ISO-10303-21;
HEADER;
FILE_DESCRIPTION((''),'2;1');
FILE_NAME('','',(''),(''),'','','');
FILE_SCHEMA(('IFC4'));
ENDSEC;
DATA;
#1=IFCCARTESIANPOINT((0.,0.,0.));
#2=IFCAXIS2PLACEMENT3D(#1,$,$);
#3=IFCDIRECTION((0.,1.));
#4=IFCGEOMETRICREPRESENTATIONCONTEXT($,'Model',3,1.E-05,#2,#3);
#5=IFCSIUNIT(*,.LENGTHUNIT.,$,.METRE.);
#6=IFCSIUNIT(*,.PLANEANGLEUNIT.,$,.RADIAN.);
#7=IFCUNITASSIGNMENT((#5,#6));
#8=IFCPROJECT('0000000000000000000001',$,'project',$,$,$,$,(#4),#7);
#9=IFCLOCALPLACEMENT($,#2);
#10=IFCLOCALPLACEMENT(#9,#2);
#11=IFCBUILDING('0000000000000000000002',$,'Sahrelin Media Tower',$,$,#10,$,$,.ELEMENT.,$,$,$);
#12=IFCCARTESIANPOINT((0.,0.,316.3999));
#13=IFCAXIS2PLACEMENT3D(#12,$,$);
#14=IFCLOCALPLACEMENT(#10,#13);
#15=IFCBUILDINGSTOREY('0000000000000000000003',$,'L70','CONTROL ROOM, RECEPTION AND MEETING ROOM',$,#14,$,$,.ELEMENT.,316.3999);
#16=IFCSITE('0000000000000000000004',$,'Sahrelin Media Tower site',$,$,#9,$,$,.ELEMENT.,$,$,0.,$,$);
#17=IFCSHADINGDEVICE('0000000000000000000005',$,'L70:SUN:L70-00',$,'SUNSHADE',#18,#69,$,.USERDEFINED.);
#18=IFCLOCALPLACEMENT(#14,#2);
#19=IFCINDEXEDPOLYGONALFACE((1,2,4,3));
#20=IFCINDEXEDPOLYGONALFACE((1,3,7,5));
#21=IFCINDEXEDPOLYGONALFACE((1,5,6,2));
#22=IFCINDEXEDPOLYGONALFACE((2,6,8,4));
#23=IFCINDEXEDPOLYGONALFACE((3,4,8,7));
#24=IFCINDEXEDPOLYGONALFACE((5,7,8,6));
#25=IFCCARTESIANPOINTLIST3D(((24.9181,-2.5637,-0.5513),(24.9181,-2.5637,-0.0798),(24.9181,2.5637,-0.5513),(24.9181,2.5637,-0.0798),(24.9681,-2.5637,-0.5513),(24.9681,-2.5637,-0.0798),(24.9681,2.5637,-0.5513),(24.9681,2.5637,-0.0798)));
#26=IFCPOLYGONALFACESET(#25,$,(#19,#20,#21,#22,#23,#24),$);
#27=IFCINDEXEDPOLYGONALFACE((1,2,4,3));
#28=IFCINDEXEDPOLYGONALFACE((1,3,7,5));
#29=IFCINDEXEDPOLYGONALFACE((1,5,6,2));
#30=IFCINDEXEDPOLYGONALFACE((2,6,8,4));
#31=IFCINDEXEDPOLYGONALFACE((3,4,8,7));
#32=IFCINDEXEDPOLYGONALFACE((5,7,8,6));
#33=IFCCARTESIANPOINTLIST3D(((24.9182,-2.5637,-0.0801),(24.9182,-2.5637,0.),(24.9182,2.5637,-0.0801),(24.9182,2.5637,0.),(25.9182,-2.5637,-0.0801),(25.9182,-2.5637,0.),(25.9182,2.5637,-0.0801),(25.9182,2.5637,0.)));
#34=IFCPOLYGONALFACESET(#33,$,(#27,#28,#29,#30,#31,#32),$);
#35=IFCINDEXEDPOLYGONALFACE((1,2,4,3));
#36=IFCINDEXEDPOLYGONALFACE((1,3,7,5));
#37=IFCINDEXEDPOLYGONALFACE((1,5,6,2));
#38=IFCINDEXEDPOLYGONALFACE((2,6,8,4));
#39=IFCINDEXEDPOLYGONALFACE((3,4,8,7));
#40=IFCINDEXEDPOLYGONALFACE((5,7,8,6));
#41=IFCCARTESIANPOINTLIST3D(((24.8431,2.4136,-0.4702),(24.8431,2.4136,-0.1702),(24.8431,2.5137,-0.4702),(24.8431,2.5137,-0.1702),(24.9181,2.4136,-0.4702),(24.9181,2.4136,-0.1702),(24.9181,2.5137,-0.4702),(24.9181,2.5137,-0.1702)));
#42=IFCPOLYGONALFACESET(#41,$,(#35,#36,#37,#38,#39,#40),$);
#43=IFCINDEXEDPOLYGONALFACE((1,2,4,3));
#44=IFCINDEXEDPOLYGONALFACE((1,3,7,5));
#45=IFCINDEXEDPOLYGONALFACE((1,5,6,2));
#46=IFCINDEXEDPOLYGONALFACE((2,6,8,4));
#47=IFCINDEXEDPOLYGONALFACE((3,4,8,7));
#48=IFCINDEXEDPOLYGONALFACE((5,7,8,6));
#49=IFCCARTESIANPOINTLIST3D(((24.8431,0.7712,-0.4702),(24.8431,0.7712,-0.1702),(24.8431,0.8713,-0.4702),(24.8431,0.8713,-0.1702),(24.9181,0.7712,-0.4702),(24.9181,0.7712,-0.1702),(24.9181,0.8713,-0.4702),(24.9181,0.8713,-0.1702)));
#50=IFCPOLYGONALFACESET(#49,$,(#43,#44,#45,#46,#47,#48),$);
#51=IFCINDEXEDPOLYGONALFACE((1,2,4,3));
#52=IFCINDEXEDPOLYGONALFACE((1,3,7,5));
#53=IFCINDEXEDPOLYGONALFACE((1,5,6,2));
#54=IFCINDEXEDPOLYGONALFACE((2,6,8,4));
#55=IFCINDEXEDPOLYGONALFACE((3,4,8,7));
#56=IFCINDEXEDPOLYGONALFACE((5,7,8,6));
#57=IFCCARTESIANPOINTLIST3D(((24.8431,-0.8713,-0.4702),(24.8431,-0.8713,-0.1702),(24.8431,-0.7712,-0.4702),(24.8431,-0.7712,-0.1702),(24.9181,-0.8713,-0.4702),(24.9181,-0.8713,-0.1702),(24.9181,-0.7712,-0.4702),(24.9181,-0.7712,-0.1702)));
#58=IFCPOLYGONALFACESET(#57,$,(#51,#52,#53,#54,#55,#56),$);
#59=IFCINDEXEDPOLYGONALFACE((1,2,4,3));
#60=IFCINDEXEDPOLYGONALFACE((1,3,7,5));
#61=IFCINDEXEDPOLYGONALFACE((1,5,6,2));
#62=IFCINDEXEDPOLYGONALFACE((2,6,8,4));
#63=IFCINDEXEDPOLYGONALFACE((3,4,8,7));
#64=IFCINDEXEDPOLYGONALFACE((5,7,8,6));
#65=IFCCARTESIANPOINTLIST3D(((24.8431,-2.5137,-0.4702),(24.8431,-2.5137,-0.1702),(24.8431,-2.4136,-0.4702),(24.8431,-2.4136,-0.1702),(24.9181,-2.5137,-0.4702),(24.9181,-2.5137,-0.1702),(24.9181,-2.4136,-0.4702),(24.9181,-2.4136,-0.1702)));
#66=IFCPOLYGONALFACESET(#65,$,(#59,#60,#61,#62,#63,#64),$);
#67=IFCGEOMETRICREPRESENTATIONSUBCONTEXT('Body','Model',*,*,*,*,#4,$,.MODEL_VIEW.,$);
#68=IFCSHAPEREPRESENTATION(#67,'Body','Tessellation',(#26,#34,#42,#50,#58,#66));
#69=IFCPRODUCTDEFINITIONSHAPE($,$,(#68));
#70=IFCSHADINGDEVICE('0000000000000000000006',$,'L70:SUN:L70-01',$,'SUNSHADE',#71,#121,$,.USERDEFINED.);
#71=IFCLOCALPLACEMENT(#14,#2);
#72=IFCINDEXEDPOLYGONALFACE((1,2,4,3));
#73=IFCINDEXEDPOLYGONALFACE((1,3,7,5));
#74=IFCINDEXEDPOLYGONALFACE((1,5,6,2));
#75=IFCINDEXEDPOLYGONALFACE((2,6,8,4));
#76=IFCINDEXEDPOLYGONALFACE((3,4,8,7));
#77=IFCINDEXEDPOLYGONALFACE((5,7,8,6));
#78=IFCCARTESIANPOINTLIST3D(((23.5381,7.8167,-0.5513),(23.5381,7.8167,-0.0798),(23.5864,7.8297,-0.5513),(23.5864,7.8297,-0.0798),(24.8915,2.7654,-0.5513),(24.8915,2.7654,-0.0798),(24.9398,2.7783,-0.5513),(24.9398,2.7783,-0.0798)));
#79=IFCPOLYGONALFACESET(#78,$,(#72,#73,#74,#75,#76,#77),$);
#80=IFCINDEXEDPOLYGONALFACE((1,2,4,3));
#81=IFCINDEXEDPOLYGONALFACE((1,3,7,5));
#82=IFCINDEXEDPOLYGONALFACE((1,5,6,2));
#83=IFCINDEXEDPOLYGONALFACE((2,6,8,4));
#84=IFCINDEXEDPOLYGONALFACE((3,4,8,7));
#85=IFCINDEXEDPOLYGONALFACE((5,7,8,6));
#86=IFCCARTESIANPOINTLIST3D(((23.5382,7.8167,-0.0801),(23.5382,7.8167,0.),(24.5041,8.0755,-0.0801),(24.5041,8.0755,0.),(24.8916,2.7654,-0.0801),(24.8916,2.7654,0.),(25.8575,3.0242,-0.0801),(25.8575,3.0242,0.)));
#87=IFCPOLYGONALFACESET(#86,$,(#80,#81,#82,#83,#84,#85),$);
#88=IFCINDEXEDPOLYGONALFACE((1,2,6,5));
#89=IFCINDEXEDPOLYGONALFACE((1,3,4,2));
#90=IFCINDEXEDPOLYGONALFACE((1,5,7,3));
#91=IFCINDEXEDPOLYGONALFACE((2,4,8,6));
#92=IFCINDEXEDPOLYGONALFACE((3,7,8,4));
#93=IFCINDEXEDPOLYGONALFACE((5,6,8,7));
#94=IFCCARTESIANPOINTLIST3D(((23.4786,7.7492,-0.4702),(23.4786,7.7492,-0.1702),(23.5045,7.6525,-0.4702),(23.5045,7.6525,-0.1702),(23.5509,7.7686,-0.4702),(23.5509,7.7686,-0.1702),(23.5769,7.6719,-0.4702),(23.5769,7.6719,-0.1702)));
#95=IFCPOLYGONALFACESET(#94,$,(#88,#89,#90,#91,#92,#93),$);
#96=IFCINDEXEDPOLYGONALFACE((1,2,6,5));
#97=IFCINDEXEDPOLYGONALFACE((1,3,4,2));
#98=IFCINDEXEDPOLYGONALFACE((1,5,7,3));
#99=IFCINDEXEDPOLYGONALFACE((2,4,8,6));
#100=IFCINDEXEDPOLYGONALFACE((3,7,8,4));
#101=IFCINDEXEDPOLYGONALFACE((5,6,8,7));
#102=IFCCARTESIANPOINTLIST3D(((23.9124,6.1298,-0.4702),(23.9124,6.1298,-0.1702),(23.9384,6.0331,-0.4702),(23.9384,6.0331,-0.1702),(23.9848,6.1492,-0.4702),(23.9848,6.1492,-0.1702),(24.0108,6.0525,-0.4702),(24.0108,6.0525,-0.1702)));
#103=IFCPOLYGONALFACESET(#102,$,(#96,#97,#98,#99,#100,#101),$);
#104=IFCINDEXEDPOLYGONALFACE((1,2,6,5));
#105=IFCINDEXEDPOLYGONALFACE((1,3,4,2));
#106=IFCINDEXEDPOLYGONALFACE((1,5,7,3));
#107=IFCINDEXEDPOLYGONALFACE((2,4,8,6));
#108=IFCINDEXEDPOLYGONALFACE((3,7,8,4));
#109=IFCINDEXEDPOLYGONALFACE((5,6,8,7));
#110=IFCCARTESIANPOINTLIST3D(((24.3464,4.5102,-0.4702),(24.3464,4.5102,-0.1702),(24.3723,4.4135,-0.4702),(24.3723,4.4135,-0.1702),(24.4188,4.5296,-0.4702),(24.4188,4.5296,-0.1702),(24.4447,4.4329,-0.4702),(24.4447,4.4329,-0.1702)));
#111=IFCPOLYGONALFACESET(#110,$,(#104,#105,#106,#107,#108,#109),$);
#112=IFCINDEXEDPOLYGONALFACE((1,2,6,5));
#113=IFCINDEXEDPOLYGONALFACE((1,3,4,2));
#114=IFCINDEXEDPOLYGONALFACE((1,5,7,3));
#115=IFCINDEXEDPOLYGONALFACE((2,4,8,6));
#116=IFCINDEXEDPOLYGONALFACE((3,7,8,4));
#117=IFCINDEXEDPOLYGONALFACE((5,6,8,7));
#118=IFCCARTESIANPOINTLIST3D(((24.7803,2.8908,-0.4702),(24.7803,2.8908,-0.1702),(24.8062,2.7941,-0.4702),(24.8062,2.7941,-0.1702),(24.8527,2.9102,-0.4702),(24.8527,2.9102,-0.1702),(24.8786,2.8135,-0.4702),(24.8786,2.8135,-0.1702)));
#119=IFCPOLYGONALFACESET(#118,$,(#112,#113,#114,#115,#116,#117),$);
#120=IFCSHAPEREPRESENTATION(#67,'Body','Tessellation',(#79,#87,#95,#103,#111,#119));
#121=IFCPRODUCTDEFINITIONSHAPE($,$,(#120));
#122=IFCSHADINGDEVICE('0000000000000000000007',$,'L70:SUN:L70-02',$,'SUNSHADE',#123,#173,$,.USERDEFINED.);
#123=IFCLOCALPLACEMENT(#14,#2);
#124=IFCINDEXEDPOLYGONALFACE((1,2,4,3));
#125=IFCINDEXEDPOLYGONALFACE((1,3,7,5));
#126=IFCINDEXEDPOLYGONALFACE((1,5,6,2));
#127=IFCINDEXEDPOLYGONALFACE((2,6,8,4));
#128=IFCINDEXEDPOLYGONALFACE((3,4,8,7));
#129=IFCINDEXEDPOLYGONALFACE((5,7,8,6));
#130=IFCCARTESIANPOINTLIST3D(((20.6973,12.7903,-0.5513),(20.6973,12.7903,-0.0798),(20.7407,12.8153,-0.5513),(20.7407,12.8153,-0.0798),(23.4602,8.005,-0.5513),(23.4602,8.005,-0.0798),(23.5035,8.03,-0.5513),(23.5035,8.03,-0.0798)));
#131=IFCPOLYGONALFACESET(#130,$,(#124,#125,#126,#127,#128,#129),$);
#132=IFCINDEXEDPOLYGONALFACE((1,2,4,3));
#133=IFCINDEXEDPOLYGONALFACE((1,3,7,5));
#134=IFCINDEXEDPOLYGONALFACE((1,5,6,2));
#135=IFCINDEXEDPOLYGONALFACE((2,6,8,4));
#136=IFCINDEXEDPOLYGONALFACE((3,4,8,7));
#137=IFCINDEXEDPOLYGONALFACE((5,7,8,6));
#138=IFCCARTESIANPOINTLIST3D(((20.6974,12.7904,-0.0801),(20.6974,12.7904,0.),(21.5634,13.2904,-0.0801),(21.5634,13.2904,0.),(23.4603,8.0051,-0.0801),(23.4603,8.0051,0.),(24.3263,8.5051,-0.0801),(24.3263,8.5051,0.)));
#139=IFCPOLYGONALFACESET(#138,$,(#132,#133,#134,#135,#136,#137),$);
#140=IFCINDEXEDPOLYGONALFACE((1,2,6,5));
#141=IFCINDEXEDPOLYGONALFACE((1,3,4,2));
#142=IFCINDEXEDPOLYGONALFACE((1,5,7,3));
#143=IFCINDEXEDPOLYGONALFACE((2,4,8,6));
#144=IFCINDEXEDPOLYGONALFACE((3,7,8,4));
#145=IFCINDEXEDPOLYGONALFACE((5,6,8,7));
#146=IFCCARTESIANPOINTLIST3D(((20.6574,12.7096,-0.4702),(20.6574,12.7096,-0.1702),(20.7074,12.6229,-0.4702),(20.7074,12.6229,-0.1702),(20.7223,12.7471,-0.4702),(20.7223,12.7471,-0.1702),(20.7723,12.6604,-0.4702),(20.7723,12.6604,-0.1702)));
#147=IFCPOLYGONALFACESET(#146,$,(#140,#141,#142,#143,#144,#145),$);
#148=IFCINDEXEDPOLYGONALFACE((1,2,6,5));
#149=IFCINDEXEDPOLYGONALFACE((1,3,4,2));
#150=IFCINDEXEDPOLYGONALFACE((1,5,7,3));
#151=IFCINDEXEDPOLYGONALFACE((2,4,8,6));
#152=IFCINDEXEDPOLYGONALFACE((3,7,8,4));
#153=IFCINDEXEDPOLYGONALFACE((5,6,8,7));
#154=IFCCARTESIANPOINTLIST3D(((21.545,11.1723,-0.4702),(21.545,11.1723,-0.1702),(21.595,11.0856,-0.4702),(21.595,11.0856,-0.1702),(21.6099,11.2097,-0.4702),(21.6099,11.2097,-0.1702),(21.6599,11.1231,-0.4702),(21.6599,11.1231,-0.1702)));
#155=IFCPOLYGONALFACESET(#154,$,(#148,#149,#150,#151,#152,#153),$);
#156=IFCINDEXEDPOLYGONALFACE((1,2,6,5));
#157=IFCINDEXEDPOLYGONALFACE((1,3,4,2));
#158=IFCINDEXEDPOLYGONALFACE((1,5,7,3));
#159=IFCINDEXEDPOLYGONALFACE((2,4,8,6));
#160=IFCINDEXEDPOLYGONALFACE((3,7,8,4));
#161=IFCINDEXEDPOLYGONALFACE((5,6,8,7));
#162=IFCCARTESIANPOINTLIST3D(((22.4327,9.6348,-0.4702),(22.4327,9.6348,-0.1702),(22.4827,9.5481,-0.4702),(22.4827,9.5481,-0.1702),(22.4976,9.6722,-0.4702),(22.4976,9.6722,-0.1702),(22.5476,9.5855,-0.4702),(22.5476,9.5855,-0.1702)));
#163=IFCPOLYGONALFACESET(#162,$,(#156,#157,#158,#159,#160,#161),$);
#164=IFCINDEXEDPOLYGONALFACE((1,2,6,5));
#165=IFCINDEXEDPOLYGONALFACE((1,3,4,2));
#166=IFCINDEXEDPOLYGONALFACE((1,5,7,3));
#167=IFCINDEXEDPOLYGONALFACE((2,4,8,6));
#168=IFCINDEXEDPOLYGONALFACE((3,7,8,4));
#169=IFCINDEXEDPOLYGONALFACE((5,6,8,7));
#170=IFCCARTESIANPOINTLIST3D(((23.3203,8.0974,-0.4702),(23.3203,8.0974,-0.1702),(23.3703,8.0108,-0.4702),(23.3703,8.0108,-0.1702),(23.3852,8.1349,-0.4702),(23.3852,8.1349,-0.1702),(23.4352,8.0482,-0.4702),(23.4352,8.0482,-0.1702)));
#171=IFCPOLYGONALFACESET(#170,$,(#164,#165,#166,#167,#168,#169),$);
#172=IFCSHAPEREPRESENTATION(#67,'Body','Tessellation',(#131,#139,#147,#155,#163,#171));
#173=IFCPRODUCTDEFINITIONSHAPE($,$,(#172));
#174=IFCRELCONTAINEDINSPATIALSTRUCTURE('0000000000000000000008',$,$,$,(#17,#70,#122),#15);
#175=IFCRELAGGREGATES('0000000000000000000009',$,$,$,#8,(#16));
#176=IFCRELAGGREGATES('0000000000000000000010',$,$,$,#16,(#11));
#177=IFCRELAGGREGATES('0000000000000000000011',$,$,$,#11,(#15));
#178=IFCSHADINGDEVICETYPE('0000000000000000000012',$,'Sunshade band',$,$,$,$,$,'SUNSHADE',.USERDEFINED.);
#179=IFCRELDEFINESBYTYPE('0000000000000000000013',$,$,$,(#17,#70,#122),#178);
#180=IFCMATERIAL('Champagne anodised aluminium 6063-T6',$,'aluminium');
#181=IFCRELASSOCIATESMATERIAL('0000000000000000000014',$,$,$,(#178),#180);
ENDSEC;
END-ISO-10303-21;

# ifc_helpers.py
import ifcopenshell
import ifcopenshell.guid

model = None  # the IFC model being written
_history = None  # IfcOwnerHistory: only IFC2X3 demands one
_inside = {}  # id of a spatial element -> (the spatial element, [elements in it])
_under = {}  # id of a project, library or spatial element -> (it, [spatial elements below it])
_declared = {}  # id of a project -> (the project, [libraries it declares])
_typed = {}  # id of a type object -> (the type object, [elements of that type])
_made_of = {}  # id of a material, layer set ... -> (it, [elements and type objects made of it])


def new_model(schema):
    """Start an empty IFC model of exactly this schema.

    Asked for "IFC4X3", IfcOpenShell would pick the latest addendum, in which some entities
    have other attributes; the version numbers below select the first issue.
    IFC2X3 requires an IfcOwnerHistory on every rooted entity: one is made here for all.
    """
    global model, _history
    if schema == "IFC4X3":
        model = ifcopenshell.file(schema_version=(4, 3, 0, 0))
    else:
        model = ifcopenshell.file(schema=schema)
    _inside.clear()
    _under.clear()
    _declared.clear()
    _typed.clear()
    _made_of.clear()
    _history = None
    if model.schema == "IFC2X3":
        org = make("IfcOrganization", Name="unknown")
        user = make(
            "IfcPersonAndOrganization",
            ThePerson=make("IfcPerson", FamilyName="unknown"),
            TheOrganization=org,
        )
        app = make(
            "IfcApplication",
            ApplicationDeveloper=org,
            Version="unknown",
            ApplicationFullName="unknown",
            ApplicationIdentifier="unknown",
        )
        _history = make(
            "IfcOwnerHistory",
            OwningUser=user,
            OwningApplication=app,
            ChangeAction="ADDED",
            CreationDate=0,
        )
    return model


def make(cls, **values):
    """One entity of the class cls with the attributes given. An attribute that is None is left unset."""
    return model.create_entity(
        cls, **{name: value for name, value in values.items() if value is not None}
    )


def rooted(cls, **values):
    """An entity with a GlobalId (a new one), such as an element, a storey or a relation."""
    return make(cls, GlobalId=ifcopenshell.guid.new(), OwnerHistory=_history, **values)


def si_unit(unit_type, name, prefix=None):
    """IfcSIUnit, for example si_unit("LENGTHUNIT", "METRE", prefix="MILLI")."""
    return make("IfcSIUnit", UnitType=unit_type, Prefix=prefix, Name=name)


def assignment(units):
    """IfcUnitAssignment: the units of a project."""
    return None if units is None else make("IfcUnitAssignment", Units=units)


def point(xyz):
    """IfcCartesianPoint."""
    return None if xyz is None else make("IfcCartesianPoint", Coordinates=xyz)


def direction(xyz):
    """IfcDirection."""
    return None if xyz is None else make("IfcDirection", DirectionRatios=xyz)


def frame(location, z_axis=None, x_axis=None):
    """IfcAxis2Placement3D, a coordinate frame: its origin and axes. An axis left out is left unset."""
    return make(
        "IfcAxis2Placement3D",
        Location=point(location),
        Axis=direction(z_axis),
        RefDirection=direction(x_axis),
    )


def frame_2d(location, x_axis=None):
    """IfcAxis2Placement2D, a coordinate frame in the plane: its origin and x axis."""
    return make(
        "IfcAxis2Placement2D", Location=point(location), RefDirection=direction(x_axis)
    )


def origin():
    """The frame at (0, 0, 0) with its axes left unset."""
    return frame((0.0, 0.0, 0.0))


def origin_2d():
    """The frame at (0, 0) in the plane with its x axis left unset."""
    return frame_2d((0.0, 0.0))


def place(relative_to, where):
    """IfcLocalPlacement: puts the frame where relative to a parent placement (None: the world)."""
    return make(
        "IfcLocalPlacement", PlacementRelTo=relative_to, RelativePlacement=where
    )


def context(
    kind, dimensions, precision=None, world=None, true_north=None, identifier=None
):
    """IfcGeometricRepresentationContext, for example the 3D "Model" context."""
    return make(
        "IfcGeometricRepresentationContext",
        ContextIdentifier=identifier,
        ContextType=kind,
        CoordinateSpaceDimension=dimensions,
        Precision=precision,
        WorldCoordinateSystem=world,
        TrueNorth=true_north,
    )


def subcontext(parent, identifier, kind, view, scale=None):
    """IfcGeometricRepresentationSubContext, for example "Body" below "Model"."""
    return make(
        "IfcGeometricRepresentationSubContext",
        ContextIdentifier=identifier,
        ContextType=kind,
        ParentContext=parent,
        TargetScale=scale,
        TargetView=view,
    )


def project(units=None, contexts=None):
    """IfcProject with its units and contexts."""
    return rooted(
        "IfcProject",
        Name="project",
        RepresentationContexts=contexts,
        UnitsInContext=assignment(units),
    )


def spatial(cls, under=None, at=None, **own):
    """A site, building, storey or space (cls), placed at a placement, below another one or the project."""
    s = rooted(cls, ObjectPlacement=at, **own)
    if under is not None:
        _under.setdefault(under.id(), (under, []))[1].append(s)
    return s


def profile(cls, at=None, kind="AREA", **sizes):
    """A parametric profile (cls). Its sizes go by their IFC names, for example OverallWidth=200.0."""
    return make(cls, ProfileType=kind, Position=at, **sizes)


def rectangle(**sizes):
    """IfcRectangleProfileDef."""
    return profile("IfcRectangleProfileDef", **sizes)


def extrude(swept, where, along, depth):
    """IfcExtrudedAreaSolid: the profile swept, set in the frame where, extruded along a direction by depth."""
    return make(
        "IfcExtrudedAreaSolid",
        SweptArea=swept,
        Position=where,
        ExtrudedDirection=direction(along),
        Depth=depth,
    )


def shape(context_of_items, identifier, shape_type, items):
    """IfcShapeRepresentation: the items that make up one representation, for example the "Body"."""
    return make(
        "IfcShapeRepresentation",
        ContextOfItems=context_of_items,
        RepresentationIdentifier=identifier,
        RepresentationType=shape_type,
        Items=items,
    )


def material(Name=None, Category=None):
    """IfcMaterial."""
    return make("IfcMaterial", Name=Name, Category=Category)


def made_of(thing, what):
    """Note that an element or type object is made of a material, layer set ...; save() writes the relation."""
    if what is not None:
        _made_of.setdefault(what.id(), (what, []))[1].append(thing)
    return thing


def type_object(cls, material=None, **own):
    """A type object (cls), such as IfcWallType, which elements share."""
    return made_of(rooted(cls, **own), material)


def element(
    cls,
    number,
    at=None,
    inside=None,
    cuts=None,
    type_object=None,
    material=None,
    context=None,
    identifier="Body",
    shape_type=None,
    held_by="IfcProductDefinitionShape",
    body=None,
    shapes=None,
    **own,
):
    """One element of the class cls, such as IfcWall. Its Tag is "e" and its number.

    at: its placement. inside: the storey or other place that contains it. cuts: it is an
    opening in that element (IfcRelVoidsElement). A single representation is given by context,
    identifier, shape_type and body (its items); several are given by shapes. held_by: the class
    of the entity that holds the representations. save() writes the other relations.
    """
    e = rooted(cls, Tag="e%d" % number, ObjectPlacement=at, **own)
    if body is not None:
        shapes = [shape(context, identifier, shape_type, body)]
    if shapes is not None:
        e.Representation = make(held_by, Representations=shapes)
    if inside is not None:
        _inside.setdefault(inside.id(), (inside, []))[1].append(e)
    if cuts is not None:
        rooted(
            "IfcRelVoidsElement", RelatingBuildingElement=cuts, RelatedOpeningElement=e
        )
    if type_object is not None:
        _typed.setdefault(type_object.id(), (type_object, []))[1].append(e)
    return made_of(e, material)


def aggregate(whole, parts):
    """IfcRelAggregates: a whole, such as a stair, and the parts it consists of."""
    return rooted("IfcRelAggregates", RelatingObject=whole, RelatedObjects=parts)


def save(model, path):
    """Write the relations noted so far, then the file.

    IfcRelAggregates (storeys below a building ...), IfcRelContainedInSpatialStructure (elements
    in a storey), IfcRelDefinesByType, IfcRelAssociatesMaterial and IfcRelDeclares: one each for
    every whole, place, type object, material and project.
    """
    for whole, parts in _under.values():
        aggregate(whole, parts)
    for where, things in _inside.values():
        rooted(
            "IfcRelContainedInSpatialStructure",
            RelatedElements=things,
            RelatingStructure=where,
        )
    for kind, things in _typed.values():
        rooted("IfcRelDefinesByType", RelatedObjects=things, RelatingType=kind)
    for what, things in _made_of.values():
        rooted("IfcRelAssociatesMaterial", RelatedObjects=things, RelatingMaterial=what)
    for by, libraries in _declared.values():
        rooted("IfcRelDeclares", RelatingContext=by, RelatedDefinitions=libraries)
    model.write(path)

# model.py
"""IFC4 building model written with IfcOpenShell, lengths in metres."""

from ifc_helpers import new_model, si_unit, direction, frame, origin, origin_2d, place, context, subcontext, project, spatial, rectangle, extrude, material, type_object, element, save


model = new_model("IFC4")

# Units and contexts
model_context = context("Model", 3, precision=1e-05, world=origin(), true_north=direction((0.0, 1.0)))
body_context = subcontext(model_context, "Body", "Model", "MODEL_VIEW")
ifc_project = project(units=[si_unit("LENGTHUNIT", "METRE"), si_unit("PLANEANGLEUNIT", "RADIAN")], contexts=[model_context])

# Site, building, storey
site_placement = place(None, origin())
site = spatial("IfcSite", under=ifc_project, at=site_placement, Name="Sahrelin Media Tower site", CompositionType="ELEMENT", RefElevation=0.0)
building_placement = place(site_placement, origin())
building = spatial("IfcBuilding", under=site, at=building_placement, Name="Sahrelin Media Tower", CompositionType="ELEMENT")
storey_placement = place(building_placement, frame((0.0, 0.0, 316.3999)))
storey = spatial("IfcBuildingStorey", under=building, at=storey_placement, Name="L70", Description="CONTROL ROOM, RECEPTION AND MEETING ROOM", CompositionType="ELEMENT", Elevation=316.3999)

# Shared definitions
ifc_material_1 = material(Name="Champagne anodised aluminium 6063-T6", Category="aluminium")

# Shading devices
placement_1 = place(storey_placement, frame((24.8982, 0.0, 0.0), z_axis=(0.0, 0.0, 1.0), x_axis=(0.0, -1.0, 0.0)))
placement_2 = place(storey_placement, frame((24.1956, 5.2859, 0.0), z_axis=(0.0, 0.0, 1.0), x_axis=(0.258808, -0.965929, 0.0)))
placement_3 = place(storey_placement, frame((22.0615, 10.3877, 0.0), z_axis=(0.0, 0.0, 1.0), x_axis=(0.500011, -0.866019, 0.0)))
shading_device_type_1 = type_object("IfcShadingDeviceType", Name="Sunshade band", ElementType="SUNSHADE", PredefinedType="USERDEFINED", material=ifc_material_1)
element("IfcShadingDevice", 1, at=placement_1, inside=storey, type_object=shading_device_type_1, Name="L70:SUN:L70-00", ObjectType="SUNSHADE", PredefinedType="USERDEFINED", context=body_context, shape_type="SweptSolid", body=[
    extrude(rectangle(XDim=5.1274, YDim=0.05, at=origin_2d()), frame((0.0, 0.0449, -0.5513)), (0.0, 0.0, 1.0), 0.4714),
    extrude(rectangle(XDim=5.1274, YDim=1.0, at=origin_2d()), frame((0.0, 0.52, -0.0801)), (0.0, 0.0, 1.0), 0.0801),
    extrude(rectangle(XDim=0.1001, YDim=0.075, at=origin_2d()), frame((-2.4636, -0.0176, -0.4702)), (0.0, 0.0, 1.0), 0.3),
    extrude(rectangle(XDim=0.1001, YDim=0.075, at=origin_2d()), frame((-0.8213, -0.0176, -0.4702)), (0.0, 0.0, 1.0), 0.3),
    extrude(rectangle(XDim=0.1001, YDim=0.075, at=origin_2d()), frame((0.8213, -0.0176, -0.4702)), (0.0, 0.0, 1.0), 0.3),
    extrude(rectangle(XDim=0.1001, YDim=0.075, at=origin_2d()), frame((2.4636, -0.0176, -0.4702)), (0.0, 0.0, 1.0), 0.3),
])
element("IfcShadingDevice", 2, at=placement_2, inside=storey, type_object=shading_device_type_1, Name="L70:SUN:L70-01", ObjectType="SUNSHADE", PredefinedType="USERDEFINED", context=body_context, shape_type="SweptSolid", body=[
    extrude(rectangle(XDim=5.2295, YDim=0.05, at=origin_2d()), frame((0.0, 0.0449, -0.5513)), (0.0, 0.0, 1.0), 0.4714),
    extrude(rectangle(XDim=5.2295, YDim=1.0, at=origin_2d()), frame((0.0, 0.52, -0.0801)), (0.0, 0.0, 1.0), 0.0801),
    extrude(rectangle(XDim=0.1001, YDim=0.075, at=origin_2d()), frame((-2.5149, -0.0176, -0.4702)), (0.0, 0.0, 1.0), 0.3),
    extrude(rectangle(XDim=0.1001, YDim=0.075, at=origin_2d()), frame((-0.8384, -0.0176, -0.4702)), (0.0, 0.0, 1.0), 0.3),
    extrude(rectangle(XDim=0.1001, YDim=0.075, at=origin_2d()), frame((0.8384, -0.0176, -0.4702)), (0.0, 0.0, 1.0), 0.3),
    extrude(rectangle(XDim=0.1001, YDim=0.075, at=origin_2d()), frame((2.5149, -0.0176, -0.4702)), (0.0, 0.0, 1.0), 0.3),
])
element("IfcShadingDevice", 3, at=placement_3, inside=storey, type_object=shading_device_type_1, Name="L70:SUN:L70-02", ObjectType="SUNSHADE", PredefinedType="USERDEFINED", context=body_context, shape_type="SweptSolid", body=[
    extrude(rectangle(XDim=5.5256, YDim=0.05, at=origin_2d()), frame((0.0, 0.0449, -0.5513)), (0.0, 0.0, 1.0), 0.4714),
    extrude(rectangle(XDim=5.5256, YDim=1.0, at=origin_2d()), frame((0.0, 0.52, -0.0801)), (0.0, 0.0, 1.0), 0.0801),
    extrude(rectangle(XDim=0.1001, YDim=0.075, at=origin_2d()), frame((-2.6628, -0.0176, -0.4702)), (0.0, 0.0, 1.0), 0.3),
    extrude(rectangle(XDim=0.1001, YDim=0.075, at=origin_2d()), frame((-0.8877, -0.0176, -0.4702)), (0.0, 0.0, 1.0), 0.3),
    extrude(rectangle(XDim=0.1001, YDim=0.075, at=origin_2d()), frame((0.8877, -0.0176, -0.4702)), (0.0, 0.0, 1.0), 0.3),
    extrude(rectangle(XDim=0.1001, YDim=0.075, at=origin_2d()), frame((2.6628, -0.0176, -0.4702)), (0.0, 0.0, 1.0), 0.3),
])

save(model, "model.ifc")
